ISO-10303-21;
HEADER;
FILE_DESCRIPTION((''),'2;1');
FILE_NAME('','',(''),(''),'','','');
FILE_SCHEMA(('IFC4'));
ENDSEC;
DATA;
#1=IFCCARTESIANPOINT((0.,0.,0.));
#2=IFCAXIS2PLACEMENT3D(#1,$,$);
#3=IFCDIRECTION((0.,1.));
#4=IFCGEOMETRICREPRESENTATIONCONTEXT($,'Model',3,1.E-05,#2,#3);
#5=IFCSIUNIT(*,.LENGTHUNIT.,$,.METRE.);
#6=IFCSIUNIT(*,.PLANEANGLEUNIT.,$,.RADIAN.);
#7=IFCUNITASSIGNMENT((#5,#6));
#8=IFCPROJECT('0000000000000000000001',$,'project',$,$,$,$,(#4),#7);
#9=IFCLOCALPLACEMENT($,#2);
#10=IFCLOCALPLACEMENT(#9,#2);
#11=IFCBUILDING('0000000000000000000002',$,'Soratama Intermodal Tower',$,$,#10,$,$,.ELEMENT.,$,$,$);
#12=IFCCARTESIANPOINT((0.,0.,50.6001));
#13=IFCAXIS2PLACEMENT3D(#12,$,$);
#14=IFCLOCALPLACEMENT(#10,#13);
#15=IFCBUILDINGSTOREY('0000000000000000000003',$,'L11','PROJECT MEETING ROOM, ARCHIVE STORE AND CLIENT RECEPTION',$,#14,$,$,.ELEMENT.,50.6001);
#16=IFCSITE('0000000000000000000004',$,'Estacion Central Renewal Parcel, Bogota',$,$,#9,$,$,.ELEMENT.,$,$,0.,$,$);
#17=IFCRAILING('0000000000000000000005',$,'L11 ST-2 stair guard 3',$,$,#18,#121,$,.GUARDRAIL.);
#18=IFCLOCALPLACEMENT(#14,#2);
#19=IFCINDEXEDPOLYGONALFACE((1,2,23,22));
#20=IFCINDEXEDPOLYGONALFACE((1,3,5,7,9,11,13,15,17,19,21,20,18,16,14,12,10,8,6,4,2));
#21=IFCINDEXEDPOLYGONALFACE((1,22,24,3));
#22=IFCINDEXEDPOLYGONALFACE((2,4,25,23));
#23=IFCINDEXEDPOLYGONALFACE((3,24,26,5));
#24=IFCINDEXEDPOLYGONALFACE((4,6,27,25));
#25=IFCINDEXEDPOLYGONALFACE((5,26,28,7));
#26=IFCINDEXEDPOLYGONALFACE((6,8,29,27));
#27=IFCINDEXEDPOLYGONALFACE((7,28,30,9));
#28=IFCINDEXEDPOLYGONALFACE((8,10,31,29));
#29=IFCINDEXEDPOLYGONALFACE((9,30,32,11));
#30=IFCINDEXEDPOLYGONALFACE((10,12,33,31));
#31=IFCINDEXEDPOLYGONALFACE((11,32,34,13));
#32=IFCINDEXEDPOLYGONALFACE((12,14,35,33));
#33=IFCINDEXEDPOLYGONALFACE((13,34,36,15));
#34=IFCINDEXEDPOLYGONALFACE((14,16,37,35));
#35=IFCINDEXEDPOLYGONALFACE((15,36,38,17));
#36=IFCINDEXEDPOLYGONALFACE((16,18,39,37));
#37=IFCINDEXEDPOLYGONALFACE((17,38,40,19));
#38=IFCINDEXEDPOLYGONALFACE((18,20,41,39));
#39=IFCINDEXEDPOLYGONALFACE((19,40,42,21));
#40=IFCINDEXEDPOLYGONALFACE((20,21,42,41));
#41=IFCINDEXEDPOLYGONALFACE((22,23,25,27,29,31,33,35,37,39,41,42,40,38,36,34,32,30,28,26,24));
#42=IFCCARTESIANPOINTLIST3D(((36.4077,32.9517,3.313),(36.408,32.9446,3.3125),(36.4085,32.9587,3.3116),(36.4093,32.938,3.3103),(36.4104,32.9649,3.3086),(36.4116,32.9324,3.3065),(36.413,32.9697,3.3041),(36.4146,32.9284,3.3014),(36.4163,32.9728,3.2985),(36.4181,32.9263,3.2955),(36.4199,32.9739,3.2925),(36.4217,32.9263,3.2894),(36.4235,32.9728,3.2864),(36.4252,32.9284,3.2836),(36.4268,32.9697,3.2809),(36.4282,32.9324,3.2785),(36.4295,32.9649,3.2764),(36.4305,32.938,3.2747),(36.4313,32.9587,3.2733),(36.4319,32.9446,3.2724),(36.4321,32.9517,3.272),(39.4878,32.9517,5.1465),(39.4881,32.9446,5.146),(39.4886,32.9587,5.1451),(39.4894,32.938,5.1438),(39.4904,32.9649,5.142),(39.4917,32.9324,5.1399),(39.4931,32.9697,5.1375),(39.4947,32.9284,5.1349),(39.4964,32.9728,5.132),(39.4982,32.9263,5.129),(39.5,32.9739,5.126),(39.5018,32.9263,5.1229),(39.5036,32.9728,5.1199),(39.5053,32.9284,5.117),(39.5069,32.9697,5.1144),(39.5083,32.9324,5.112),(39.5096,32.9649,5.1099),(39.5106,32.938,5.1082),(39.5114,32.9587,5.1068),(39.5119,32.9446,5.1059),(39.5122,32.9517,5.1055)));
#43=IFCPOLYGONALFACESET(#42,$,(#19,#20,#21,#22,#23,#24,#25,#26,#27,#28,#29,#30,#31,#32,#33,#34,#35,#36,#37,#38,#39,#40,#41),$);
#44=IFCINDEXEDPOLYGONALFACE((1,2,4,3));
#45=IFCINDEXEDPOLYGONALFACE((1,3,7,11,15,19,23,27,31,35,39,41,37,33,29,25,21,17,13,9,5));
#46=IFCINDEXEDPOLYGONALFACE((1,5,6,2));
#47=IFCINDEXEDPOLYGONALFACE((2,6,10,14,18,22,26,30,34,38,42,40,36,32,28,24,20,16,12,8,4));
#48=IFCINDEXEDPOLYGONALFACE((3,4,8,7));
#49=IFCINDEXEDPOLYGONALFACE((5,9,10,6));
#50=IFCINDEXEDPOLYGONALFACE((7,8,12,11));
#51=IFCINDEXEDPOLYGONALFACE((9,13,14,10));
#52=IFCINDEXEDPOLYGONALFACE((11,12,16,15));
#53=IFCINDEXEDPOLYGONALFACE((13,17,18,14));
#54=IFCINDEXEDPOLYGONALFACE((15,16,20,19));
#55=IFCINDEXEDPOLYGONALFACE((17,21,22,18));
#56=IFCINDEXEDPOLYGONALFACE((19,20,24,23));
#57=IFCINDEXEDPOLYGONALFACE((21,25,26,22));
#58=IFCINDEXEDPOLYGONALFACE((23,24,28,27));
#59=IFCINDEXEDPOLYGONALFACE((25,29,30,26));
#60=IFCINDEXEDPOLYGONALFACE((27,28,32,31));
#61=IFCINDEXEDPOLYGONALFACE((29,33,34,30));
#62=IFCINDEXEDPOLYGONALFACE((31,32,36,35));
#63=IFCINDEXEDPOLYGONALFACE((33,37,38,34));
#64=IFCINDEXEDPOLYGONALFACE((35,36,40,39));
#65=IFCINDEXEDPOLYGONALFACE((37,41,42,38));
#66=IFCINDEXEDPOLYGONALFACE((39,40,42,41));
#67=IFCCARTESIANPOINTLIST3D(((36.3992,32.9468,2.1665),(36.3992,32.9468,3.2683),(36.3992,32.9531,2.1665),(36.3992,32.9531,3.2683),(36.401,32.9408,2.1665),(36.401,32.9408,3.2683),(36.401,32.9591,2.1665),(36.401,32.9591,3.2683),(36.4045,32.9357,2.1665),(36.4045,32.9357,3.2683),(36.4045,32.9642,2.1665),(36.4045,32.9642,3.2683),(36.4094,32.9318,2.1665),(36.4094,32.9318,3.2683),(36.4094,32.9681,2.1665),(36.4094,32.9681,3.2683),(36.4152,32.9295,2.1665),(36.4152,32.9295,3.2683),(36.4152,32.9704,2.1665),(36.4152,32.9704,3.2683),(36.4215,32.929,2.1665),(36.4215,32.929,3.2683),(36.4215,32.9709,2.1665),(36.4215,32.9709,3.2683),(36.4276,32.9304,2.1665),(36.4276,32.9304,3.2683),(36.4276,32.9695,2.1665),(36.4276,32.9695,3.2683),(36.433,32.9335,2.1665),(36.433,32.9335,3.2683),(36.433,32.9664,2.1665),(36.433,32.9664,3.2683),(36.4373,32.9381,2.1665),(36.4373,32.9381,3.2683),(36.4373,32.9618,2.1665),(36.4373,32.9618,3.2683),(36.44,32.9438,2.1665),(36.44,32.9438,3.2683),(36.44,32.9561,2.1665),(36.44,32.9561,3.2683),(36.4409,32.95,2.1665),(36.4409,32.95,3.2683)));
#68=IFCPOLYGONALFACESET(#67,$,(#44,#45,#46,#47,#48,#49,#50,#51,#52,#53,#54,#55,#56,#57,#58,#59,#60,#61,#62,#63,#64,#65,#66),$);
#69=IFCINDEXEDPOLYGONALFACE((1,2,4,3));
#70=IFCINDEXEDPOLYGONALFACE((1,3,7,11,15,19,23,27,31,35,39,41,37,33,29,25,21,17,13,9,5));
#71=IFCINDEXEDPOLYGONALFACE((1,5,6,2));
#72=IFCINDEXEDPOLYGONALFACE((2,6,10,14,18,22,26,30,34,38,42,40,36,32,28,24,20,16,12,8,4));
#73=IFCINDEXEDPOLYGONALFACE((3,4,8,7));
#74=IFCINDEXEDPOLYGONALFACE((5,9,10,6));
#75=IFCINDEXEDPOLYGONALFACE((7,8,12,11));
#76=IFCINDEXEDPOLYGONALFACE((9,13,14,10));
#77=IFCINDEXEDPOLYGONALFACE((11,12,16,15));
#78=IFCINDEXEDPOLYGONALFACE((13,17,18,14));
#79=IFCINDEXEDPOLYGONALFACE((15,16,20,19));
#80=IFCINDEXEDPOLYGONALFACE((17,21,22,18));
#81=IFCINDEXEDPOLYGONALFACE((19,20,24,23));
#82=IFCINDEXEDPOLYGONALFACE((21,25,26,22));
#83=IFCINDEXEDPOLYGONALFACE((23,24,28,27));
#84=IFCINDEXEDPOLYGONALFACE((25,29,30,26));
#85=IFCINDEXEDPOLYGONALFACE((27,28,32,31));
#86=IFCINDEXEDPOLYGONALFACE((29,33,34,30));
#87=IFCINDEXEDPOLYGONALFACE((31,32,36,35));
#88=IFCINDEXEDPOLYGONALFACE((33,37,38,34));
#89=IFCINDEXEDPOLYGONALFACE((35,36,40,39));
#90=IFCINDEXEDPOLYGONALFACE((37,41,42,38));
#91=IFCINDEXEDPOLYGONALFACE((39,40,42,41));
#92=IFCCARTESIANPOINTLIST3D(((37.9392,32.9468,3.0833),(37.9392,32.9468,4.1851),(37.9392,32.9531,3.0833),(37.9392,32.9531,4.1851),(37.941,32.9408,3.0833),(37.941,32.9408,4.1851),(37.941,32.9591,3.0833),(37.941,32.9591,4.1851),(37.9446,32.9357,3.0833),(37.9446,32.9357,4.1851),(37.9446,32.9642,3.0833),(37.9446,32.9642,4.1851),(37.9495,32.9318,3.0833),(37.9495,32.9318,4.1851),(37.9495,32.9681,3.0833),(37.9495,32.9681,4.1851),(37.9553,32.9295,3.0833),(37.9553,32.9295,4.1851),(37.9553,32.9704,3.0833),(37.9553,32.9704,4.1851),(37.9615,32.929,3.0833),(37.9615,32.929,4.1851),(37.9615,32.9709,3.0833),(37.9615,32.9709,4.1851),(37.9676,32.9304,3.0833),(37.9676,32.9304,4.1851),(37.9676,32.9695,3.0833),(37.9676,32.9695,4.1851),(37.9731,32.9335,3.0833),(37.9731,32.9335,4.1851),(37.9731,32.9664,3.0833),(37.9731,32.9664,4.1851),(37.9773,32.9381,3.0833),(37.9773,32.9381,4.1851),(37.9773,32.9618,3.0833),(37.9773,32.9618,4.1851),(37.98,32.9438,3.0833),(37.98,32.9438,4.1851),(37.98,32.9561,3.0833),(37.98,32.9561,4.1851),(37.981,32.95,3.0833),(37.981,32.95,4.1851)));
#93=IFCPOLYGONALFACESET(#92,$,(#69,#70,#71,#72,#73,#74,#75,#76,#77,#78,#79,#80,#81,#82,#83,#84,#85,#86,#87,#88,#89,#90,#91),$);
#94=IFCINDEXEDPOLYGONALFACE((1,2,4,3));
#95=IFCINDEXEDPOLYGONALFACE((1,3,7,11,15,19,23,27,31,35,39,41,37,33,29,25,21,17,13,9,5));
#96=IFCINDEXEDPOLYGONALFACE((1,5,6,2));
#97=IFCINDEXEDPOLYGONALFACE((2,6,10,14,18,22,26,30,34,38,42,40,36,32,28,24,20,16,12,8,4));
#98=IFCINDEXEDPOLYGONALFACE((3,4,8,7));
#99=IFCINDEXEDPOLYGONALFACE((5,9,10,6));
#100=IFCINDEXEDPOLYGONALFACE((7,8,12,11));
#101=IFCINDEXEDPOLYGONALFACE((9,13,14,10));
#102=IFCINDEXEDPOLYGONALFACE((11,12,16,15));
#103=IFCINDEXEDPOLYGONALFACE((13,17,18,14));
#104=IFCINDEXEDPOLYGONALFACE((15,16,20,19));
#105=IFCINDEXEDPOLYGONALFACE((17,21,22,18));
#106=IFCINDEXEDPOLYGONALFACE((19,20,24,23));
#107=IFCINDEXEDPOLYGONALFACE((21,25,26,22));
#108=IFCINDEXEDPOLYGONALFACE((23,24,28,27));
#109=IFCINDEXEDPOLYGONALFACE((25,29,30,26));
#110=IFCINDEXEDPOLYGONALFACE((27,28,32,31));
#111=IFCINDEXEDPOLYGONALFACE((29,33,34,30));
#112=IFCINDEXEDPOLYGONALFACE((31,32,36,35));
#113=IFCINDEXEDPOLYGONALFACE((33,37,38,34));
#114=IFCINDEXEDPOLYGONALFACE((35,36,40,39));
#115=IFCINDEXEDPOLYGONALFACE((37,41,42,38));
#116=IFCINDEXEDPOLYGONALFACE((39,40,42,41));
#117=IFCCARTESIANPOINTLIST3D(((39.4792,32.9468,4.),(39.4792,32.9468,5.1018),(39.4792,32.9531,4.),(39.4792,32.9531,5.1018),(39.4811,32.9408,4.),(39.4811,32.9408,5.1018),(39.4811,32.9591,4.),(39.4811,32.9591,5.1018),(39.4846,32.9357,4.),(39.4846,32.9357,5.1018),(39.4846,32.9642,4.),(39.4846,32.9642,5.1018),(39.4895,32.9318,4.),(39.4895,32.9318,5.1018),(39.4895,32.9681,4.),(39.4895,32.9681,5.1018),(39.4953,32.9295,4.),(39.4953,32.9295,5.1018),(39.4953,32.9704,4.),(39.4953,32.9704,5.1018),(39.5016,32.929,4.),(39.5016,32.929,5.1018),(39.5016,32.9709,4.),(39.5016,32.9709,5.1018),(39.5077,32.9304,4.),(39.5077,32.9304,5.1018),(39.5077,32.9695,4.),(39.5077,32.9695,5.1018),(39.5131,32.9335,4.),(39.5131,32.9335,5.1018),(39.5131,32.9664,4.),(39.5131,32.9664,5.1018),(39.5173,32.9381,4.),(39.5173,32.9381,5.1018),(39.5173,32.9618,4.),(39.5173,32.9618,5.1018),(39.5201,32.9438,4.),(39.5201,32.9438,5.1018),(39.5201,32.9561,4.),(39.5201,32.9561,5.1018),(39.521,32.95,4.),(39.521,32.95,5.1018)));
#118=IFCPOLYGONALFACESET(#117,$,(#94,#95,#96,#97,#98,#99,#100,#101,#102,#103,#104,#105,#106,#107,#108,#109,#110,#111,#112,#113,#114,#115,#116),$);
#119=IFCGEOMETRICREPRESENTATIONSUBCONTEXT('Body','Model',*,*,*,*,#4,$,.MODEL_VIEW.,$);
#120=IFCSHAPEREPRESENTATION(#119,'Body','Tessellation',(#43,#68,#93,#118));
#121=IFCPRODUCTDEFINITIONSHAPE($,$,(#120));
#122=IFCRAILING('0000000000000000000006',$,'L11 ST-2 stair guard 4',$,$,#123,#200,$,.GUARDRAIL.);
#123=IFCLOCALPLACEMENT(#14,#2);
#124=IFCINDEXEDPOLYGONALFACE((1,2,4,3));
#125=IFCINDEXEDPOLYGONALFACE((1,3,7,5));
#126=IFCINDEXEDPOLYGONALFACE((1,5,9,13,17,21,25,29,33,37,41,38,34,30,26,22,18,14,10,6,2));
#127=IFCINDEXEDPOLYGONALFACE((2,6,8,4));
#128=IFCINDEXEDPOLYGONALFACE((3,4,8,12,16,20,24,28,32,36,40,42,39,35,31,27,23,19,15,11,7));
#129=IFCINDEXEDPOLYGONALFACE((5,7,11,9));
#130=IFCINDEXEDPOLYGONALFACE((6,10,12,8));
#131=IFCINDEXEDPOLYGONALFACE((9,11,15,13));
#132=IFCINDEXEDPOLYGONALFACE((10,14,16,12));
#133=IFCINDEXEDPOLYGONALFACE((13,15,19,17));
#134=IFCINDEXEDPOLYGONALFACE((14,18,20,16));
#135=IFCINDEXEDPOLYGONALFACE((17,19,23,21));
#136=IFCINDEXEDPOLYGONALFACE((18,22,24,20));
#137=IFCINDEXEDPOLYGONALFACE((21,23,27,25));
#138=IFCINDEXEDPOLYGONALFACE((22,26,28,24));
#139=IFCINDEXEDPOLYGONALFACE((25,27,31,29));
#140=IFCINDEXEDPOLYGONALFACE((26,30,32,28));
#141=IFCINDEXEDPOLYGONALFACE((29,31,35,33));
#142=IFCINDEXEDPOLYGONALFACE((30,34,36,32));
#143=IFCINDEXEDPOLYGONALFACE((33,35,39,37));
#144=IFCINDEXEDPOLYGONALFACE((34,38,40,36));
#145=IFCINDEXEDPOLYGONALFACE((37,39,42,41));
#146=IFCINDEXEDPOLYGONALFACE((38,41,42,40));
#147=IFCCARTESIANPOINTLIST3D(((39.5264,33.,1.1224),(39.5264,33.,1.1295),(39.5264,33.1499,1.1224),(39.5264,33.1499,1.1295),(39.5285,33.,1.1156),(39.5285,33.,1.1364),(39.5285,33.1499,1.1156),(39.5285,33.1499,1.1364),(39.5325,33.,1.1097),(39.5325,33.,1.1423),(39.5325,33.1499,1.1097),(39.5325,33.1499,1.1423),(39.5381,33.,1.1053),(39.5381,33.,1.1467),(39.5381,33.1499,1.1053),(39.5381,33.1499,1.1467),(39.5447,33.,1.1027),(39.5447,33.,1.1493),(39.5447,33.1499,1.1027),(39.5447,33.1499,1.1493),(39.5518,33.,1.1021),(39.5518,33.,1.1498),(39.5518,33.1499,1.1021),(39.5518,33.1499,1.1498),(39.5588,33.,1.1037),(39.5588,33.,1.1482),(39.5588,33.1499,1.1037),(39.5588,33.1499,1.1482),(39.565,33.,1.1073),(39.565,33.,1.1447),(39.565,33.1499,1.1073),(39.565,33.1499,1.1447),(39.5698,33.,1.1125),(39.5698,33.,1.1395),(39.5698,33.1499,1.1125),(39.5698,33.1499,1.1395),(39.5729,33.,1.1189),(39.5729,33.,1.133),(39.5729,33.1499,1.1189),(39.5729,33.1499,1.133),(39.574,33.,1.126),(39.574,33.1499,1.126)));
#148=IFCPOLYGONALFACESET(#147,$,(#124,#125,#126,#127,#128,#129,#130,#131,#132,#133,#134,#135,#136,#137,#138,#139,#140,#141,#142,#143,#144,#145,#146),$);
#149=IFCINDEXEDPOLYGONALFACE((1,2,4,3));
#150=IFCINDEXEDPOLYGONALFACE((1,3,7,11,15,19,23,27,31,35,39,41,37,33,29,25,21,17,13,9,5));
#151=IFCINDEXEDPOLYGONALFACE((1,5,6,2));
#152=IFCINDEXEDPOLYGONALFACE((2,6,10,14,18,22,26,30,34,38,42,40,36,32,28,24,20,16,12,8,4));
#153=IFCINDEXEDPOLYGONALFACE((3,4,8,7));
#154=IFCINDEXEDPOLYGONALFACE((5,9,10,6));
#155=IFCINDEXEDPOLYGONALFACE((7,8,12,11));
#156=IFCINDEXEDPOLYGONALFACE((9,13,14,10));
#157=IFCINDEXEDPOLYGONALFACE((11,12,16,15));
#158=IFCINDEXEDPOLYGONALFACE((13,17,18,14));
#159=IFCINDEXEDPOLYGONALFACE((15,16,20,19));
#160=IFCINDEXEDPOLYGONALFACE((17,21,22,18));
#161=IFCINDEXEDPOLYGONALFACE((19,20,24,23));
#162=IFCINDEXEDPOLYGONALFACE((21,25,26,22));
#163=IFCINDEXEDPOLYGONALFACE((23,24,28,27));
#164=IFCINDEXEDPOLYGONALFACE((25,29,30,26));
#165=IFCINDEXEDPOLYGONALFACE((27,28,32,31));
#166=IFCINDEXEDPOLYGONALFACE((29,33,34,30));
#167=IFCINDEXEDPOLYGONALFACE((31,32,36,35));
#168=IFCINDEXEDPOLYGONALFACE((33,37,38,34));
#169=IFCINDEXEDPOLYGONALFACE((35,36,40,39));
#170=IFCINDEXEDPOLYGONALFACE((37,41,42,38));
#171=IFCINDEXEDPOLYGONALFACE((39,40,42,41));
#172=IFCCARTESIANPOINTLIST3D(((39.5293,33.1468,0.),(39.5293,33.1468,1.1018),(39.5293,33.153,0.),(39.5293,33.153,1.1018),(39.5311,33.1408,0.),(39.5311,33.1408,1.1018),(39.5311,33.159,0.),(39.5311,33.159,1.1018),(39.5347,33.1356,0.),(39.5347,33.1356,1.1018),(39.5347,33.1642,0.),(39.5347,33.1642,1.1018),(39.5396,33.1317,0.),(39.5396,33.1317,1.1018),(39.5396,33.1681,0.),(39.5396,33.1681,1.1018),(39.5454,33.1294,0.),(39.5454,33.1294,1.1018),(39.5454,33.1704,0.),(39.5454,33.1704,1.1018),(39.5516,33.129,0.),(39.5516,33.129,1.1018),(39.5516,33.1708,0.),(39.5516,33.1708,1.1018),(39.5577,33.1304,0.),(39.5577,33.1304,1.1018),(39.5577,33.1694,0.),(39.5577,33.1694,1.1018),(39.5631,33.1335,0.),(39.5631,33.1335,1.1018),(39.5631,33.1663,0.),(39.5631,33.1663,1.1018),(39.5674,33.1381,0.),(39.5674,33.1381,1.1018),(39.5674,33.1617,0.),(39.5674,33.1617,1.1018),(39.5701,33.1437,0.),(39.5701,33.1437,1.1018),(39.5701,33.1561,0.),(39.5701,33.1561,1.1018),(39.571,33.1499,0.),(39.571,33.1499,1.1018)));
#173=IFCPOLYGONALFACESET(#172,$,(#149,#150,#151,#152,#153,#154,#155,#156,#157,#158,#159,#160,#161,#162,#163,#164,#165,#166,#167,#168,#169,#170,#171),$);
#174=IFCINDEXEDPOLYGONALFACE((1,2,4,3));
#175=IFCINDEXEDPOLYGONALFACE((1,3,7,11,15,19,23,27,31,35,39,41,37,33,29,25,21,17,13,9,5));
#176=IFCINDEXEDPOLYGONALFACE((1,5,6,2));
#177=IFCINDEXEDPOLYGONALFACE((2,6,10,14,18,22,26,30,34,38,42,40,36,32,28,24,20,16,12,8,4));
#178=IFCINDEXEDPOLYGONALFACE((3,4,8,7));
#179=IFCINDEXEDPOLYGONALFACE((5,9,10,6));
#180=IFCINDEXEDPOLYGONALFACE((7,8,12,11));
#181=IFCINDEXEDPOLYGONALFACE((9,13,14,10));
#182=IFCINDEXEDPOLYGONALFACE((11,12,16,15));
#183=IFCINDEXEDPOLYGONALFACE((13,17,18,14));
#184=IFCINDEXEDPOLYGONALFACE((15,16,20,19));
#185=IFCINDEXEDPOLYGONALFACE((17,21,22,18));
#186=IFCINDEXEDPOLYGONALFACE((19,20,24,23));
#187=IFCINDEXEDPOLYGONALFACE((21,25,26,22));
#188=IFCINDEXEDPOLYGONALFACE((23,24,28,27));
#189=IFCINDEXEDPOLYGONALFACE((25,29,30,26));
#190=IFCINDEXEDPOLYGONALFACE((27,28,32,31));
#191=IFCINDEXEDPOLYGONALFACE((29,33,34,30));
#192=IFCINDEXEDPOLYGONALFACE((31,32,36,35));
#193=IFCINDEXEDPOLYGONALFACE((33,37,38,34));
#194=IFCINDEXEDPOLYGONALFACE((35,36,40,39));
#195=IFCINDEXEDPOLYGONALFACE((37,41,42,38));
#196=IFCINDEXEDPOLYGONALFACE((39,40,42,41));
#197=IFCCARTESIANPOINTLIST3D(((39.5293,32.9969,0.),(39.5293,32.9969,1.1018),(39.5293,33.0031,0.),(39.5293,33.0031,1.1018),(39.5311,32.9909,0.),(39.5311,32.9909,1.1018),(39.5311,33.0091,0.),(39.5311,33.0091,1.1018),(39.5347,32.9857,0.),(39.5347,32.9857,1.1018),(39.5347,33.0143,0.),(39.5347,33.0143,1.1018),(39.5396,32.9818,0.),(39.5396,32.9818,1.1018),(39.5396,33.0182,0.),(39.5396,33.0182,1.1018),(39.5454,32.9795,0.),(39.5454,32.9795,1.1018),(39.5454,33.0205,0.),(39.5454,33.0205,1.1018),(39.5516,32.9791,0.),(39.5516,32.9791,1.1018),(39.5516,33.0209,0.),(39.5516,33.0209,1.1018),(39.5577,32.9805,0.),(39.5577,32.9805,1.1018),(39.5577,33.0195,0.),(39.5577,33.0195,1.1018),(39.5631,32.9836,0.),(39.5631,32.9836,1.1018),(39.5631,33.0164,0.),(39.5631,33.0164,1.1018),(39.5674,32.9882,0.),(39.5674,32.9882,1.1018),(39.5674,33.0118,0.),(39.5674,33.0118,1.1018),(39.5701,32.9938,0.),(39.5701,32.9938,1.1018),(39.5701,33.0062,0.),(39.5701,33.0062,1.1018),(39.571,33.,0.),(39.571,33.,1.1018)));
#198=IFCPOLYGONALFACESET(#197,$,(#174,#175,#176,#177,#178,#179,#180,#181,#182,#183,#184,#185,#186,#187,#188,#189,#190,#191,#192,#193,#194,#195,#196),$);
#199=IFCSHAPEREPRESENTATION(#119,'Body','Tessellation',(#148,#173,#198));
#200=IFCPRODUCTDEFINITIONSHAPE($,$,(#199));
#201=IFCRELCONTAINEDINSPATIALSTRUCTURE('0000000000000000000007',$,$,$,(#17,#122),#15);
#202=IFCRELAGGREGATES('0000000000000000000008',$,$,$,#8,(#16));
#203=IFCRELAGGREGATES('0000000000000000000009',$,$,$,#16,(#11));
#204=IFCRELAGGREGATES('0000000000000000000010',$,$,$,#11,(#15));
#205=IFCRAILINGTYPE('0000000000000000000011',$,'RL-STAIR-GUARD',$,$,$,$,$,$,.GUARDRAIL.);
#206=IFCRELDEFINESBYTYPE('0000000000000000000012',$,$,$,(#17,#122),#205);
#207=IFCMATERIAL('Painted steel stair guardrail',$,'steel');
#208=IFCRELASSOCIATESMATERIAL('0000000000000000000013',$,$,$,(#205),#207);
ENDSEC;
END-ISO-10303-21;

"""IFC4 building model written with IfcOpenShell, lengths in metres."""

from ifc_helpers import new_model, si_unit, direction, frame, origin, origin_2d, place, context, subcontext, project, spatial, circle, extrude, material, type_object, element, save


model = new_model("IFC4")

# Units and contexts
model_context = context("Model", 3, precision=1e-05, world=origin(), true_north=direction((0.0, 1.0)))
body_context = subcontext(model_context, "Body", "Model", "MODEL_VIEW")
ifc_project = project(units=[si_unit("LENGTHUNIT", "METRE"), si_unit("PLANEANGLEUNIT", "RADIAN")], contexts=[model_context])

# Site, building, storey
site_placement = place(None, origin())
site = spatial("IfcSite", under=ifc_project, at=site_placement, Name="Estacion Central Renewal Parcel, Bogota", CompositionType="ELEMENT", RefElevation=0.0)
building_placement = place(site_placement, origin())
building = spatial("IfcBuilding", under=site, at=building_placement, Name="Soratama Intermodal Tower", CompositionType="ELEMENT")
storey_placement = place(building_placement, frame((0.0, 0.0, 50.6001)))
storey = spatial("IfcBuildingStorey", under=building, at=storey_placement, Name="L11", Description="PROJECT MEETING ROOM, ARCHIVE STORE AND CLIENT RECEPTION", CompositionType="ELEMENT", Elevation=50.6001)

# Railings
ifc_material_1 = material(Name="Painted steel stair guardrail", Category="steel")
railing_type_1 = type_object("IfcRailingType", Name="RL-STAIR-GUARD", PredefinedType="GUARDRAIL", material=ifc_material_1)
railing_1_placement = place(storey_placement, frame((36.4199, 32.95, 2.1665)))
element("IfcRailing", 1, at=railing_1_placement, inside=storey, type_object=railing_type_1, Name="L11 ST-2 stair guard 3", PredefinedType="GUARDRAIL", context=body_context, shape_type="SweptSolid", body=[
    extrude(circle(Radius=0.0239, at=origin_2d()), frame((0.0, 0.0, 1.126), z_axis=(0.859279, 0.0, 0.511508), x_axis=(0.0, 1.0, 0.0)), (0.0, 0.0, 1.0), 3.5845),
    extrude(circle(Radius=0.021, at=origin_2d()), origin(), (0.0, 0.0, 1.0), 1.1018),
    extrude(circle(Radius=0.021, at=origin_2d()), frame((1.54, 0.0, 0.9167)), (0.0, 0.0, 1.0), 1.1018),
    extrude(circle(Radius=0.021, at=origin_2d()), frame((3.0801, 0.0, 1.8335)), (0.0, 0.0, 1.0), 1.1018),
])
railing_2_placement = place(storey_placement, frame((39.55, 33.1499, 0.0)))
element("IfcRailing", 2, at=railing_2_placement, inside=storey, type_object=railing_type_1, Name="L11 ST-2 stair guard 4", PredefinedType="GUARDRAIL", context=body_context, shape_type="SweptSolid", body=[
    extrude(circle(Radius=0.0239, at=origin_2d()), frame((0.0, 0.0, 1.126), z_axis=(0.0, -1.0, 0.0), x_axis=(1.0, 0.0, 0.0)), (0.0, 0.0, 1.0), 0.1499),
    extrude(circle(Radius=0.021, at=origin_2d()), origin(), (0.0, 0.0, 1.0), 1.1018),
    extrude(circle(Radius=0.021, at=origin_2d()), frame((0.0, -0.1499, 0.0)), (0.0, 0.0, 1.0), 1.1018),
])

save(model, "model.ifc")
